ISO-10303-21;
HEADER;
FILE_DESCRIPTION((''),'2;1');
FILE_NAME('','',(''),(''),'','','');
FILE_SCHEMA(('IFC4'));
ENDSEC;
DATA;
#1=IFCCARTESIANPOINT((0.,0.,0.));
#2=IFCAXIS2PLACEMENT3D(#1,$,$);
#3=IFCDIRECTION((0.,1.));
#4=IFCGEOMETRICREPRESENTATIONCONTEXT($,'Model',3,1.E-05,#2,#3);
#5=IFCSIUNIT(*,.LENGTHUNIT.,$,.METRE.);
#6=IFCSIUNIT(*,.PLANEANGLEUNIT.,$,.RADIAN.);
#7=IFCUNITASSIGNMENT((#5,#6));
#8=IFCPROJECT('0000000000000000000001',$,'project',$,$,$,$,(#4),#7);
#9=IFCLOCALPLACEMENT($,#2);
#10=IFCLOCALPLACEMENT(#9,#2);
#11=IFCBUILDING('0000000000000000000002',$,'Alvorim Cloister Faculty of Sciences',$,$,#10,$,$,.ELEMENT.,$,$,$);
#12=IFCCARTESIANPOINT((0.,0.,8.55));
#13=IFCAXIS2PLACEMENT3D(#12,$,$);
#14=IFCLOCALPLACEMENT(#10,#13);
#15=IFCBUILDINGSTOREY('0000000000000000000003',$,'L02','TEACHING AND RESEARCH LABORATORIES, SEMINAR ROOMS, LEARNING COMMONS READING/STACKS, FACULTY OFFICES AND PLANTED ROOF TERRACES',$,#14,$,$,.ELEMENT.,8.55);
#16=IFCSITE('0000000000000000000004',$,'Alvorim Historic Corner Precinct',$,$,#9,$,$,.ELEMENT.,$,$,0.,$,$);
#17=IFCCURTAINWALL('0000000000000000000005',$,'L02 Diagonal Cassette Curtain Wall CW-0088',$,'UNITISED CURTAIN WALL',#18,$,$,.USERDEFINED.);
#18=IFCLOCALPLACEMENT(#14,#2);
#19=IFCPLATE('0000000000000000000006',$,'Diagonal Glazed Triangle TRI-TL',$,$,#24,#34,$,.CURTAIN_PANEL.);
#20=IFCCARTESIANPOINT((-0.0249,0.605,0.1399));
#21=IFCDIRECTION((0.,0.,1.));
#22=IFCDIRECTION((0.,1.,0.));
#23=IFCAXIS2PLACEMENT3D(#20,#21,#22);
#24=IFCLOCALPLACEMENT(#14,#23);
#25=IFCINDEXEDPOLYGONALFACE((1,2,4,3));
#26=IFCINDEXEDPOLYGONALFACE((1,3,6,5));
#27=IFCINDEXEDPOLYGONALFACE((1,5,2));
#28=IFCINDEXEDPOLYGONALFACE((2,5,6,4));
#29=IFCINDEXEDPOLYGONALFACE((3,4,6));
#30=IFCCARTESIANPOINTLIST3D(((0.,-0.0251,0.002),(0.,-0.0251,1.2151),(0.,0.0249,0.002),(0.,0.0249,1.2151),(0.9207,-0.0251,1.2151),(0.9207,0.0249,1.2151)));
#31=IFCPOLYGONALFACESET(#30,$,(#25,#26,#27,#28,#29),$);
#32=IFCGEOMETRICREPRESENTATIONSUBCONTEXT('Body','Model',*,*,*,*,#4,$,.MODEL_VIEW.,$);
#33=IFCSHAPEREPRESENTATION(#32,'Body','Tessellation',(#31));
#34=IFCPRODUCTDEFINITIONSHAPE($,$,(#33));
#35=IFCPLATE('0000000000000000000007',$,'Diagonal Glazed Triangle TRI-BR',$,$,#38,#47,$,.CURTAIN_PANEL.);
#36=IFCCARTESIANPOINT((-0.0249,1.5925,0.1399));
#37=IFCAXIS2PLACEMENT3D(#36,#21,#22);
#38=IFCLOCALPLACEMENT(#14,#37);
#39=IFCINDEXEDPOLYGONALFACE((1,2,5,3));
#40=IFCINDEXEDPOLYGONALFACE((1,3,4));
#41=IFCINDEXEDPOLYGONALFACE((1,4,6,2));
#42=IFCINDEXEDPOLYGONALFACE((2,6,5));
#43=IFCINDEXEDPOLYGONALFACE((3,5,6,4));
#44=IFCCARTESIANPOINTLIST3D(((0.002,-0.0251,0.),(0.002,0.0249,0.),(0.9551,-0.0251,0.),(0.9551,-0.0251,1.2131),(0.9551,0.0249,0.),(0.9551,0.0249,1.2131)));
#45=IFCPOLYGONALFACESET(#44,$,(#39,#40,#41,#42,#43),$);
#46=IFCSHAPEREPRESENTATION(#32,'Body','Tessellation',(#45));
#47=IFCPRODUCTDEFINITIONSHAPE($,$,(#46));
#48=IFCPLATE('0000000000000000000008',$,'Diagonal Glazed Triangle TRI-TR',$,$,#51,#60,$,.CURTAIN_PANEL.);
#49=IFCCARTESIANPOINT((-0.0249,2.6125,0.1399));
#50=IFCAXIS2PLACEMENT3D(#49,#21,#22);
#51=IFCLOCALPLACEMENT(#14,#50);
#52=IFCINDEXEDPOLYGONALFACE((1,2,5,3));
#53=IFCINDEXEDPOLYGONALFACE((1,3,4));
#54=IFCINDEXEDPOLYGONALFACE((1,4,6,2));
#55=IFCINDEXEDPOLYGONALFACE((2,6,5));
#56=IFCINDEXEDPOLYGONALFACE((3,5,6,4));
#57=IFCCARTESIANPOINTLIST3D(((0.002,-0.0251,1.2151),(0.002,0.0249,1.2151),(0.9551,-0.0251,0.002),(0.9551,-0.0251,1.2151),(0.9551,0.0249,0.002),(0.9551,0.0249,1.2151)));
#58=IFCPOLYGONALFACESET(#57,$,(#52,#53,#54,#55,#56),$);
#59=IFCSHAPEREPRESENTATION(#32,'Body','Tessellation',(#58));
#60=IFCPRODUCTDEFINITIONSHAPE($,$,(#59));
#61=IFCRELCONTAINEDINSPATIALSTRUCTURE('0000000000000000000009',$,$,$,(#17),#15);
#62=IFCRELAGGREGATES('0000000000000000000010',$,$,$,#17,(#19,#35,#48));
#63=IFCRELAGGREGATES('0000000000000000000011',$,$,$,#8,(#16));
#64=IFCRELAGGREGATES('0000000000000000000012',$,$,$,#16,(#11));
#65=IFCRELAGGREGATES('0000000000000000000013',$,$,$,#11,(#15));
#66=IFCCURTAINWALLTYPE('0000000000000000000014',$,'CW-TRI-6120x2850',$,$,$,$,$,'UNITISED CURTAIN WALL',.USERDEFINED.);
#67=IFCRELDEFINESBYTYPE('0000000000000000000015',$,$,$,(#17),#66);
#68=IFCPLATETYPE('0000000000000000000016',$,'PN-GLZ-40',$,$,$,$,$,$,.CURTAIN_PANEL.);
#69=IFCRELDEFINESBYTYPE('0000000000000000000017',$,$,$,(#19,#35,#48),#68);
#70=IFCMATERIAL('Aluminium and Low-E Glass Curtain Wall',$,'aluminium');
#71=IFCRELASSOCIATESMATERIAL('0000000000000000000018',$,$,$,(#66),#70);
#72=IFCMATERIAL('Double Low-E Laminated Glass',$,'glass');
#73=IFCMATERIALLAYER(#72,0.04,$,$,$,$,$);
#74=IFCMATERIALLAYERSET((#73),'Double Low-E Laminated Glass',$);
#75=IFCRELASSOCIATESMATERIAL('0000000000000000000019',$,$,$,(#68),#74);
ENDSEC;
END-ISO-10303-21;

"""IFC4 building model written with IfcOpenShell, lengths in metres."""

from ifc_helpers import new_model, si_unit, direction, frame, origin, place, context, subcontext, project, spatial, polyline, outline, extrude, material, layer, layer_set, type_object, element, aggregate, save


model = new_model("IFC4")

# Units and contexts
model_context = context("Model", 3, precision=1e-05, world=origin(), true_north=direction((0.0, 1.0)))
body_context = subcontext(model_context, "Body", "Model", "MODEL_VIEW")
ifc_project = project(units=[si_unit("LENGTHUNIT", "METRE"), si_unit("PLANEANGLEUNIT", "RADIAN")], contexts=[model_context])

# Site, building, storey
site_placement = place(None, origin())
site = spatial("IfcSite", under=ifc_project, at=site_placement, Name="Alvorim Historic Corner Precinct", CompositionType="ELEMENT", RefElevation=0.0)
building_placement = place(site_placement, origin())
building = spatial("IfcBuilding", under=site, at=building_placement, Name="Alvorim Cloister Faculty of Sciences", CompositionType="ELEMENT")
storey_placement = place(building_placement, frame((0.0, 0.0, 8.55)))
storey = spatial("IfcBuildingStorey", under=building, at=storey_placement, Name="L02", Description="TEACHING AND RESEARCH LABORATORIES, SEMINAR ROOMS, LEARNING COMMONS READING/STACKS, FACULTY OFFICES AND PLANTED ROOF TERRACES", CompositionType="ELEMENT", Elevation=8.55)

# Curtain wall, plates
ifc_material_1 = material(Name="Aluminium and Low-E Glass Curtain Wall", Category="aluminium")
curtain_wall_type = type_object("IfcCurtainWallType", Name="CW-TRI-6120x2850", ElementType="UNITISED CURTAIN WALL", PredefinedType="USERDEFINED", material=ifc_material_1)
curtain_wall_placement = place(storey_placement, origin())
curtain_wall = element("IfcCurtainWall", 1, at=curtain_wall_placement, inside=storey, type_object=curtain_wall_type, Name="L02 Diagonal Cassette Curtain Wall CW-0088", ObjectType="UNITISED CURTAIN WALL", PredefinedType="USERDEFINED")
ifc_material_2 = material(Name="Double Low-E Laminated Glass", Category="glass")
ifc_layer_1 = layer(ifc_material_2, 0.04)
ifc_layer_set_1 = layer_set([ifc_layer_1], Name="Double Low-E Laminated Glass")
plate_type = type_object("IfcPlateType", Name="PN-GLZ-40", PredefinedType="CURTAIN_PANEL", material=ifc_layer_set_1)
plate_1_placement = place(storey_placement, frame((-0.0249, 0.605, 0.1399), z_axis=(0.0, 0.0, 1.0), x_axis=(0.0, 1.0, 0.0)))
plate_1 = element("IfcPlate", 2, at=plate_1_placement, type_object=plate_type, Name="Diagonal Glazed Triangle TRI-TL", PredefinedType="CURTAIN_PANEL", context=body_context, shape_type="SweptSolid", body=[
    extrude(outline(polyline([(0.9207, 1.2151), (0.0, 1.2151), (0.0, 0.002), (0.9207, 1.2151)])), frame((0.0, 0.0249, 0.0), z_axis=(0.0, -1.0, 0.0), x_axis=(1.0, 0.0, 0.0)), (0.0, 0.0, 1.0), 0.05),
])
plate_2_placement = place(storey_placement, frame((-0.0249, 1.5925, 0.1399), z_axis=(0.0, 0.0, 1.0), x_axis=(0.0, 1.0, 0.0)))
plate_2 = element("IfcPlate", 3, at=plate_2_placement, type_object=plate_type, Name="Diagonal Glazed Triangle TRI-BR", PredefinedType="CURTAIN_PANEL", context=body_context, shape_type="SweptSolid", body=[
    extrude(outline(polyline([(0.002, 0.0), (0.9551, 0.0), (0.9551, 1.2131), (0.002, 0.0)])), frame((0.0, 0.0249, 0.0), z_axis=(0.0, -1.0, 0.0), x_axis=(1.0, 0.0, 0.0)), (0.0, 0.0, 1.0), 0.05),
])
plate_3_placement = place(storey_placement, frame((-0.0249, 2.6125, 0.1399), z_axis=(0.0, 0.0, 1.0), x_axis=(0.0, 1.0, 0.0)))
plate_3 = element("IfcPlate", 4, at=plate_3_placement, type_object=plate_type, Name="Diagonal Glazed Triangle TRI-TR", PredefinedType="CURTAIN_PANEL", context=body_context, shape_type="SweptSolid", body=[
    extrude(outline(polyline([(0.9551, 0.002), (0.9551, 1.2151), (0.002, 1.2151), (0.9551, 0.002)])), frame((0.0, 0.0249, 0.0), z_axis=(0.0, -1.0, 0.0), x_axis=(1.0, 0.0, 0.0)), (0.0, 0.0, 1.0), 0.05),
])
aggregate(curtain_wall, [plate_1, plate_2, plate_3])

save(model, "model.ifc")
